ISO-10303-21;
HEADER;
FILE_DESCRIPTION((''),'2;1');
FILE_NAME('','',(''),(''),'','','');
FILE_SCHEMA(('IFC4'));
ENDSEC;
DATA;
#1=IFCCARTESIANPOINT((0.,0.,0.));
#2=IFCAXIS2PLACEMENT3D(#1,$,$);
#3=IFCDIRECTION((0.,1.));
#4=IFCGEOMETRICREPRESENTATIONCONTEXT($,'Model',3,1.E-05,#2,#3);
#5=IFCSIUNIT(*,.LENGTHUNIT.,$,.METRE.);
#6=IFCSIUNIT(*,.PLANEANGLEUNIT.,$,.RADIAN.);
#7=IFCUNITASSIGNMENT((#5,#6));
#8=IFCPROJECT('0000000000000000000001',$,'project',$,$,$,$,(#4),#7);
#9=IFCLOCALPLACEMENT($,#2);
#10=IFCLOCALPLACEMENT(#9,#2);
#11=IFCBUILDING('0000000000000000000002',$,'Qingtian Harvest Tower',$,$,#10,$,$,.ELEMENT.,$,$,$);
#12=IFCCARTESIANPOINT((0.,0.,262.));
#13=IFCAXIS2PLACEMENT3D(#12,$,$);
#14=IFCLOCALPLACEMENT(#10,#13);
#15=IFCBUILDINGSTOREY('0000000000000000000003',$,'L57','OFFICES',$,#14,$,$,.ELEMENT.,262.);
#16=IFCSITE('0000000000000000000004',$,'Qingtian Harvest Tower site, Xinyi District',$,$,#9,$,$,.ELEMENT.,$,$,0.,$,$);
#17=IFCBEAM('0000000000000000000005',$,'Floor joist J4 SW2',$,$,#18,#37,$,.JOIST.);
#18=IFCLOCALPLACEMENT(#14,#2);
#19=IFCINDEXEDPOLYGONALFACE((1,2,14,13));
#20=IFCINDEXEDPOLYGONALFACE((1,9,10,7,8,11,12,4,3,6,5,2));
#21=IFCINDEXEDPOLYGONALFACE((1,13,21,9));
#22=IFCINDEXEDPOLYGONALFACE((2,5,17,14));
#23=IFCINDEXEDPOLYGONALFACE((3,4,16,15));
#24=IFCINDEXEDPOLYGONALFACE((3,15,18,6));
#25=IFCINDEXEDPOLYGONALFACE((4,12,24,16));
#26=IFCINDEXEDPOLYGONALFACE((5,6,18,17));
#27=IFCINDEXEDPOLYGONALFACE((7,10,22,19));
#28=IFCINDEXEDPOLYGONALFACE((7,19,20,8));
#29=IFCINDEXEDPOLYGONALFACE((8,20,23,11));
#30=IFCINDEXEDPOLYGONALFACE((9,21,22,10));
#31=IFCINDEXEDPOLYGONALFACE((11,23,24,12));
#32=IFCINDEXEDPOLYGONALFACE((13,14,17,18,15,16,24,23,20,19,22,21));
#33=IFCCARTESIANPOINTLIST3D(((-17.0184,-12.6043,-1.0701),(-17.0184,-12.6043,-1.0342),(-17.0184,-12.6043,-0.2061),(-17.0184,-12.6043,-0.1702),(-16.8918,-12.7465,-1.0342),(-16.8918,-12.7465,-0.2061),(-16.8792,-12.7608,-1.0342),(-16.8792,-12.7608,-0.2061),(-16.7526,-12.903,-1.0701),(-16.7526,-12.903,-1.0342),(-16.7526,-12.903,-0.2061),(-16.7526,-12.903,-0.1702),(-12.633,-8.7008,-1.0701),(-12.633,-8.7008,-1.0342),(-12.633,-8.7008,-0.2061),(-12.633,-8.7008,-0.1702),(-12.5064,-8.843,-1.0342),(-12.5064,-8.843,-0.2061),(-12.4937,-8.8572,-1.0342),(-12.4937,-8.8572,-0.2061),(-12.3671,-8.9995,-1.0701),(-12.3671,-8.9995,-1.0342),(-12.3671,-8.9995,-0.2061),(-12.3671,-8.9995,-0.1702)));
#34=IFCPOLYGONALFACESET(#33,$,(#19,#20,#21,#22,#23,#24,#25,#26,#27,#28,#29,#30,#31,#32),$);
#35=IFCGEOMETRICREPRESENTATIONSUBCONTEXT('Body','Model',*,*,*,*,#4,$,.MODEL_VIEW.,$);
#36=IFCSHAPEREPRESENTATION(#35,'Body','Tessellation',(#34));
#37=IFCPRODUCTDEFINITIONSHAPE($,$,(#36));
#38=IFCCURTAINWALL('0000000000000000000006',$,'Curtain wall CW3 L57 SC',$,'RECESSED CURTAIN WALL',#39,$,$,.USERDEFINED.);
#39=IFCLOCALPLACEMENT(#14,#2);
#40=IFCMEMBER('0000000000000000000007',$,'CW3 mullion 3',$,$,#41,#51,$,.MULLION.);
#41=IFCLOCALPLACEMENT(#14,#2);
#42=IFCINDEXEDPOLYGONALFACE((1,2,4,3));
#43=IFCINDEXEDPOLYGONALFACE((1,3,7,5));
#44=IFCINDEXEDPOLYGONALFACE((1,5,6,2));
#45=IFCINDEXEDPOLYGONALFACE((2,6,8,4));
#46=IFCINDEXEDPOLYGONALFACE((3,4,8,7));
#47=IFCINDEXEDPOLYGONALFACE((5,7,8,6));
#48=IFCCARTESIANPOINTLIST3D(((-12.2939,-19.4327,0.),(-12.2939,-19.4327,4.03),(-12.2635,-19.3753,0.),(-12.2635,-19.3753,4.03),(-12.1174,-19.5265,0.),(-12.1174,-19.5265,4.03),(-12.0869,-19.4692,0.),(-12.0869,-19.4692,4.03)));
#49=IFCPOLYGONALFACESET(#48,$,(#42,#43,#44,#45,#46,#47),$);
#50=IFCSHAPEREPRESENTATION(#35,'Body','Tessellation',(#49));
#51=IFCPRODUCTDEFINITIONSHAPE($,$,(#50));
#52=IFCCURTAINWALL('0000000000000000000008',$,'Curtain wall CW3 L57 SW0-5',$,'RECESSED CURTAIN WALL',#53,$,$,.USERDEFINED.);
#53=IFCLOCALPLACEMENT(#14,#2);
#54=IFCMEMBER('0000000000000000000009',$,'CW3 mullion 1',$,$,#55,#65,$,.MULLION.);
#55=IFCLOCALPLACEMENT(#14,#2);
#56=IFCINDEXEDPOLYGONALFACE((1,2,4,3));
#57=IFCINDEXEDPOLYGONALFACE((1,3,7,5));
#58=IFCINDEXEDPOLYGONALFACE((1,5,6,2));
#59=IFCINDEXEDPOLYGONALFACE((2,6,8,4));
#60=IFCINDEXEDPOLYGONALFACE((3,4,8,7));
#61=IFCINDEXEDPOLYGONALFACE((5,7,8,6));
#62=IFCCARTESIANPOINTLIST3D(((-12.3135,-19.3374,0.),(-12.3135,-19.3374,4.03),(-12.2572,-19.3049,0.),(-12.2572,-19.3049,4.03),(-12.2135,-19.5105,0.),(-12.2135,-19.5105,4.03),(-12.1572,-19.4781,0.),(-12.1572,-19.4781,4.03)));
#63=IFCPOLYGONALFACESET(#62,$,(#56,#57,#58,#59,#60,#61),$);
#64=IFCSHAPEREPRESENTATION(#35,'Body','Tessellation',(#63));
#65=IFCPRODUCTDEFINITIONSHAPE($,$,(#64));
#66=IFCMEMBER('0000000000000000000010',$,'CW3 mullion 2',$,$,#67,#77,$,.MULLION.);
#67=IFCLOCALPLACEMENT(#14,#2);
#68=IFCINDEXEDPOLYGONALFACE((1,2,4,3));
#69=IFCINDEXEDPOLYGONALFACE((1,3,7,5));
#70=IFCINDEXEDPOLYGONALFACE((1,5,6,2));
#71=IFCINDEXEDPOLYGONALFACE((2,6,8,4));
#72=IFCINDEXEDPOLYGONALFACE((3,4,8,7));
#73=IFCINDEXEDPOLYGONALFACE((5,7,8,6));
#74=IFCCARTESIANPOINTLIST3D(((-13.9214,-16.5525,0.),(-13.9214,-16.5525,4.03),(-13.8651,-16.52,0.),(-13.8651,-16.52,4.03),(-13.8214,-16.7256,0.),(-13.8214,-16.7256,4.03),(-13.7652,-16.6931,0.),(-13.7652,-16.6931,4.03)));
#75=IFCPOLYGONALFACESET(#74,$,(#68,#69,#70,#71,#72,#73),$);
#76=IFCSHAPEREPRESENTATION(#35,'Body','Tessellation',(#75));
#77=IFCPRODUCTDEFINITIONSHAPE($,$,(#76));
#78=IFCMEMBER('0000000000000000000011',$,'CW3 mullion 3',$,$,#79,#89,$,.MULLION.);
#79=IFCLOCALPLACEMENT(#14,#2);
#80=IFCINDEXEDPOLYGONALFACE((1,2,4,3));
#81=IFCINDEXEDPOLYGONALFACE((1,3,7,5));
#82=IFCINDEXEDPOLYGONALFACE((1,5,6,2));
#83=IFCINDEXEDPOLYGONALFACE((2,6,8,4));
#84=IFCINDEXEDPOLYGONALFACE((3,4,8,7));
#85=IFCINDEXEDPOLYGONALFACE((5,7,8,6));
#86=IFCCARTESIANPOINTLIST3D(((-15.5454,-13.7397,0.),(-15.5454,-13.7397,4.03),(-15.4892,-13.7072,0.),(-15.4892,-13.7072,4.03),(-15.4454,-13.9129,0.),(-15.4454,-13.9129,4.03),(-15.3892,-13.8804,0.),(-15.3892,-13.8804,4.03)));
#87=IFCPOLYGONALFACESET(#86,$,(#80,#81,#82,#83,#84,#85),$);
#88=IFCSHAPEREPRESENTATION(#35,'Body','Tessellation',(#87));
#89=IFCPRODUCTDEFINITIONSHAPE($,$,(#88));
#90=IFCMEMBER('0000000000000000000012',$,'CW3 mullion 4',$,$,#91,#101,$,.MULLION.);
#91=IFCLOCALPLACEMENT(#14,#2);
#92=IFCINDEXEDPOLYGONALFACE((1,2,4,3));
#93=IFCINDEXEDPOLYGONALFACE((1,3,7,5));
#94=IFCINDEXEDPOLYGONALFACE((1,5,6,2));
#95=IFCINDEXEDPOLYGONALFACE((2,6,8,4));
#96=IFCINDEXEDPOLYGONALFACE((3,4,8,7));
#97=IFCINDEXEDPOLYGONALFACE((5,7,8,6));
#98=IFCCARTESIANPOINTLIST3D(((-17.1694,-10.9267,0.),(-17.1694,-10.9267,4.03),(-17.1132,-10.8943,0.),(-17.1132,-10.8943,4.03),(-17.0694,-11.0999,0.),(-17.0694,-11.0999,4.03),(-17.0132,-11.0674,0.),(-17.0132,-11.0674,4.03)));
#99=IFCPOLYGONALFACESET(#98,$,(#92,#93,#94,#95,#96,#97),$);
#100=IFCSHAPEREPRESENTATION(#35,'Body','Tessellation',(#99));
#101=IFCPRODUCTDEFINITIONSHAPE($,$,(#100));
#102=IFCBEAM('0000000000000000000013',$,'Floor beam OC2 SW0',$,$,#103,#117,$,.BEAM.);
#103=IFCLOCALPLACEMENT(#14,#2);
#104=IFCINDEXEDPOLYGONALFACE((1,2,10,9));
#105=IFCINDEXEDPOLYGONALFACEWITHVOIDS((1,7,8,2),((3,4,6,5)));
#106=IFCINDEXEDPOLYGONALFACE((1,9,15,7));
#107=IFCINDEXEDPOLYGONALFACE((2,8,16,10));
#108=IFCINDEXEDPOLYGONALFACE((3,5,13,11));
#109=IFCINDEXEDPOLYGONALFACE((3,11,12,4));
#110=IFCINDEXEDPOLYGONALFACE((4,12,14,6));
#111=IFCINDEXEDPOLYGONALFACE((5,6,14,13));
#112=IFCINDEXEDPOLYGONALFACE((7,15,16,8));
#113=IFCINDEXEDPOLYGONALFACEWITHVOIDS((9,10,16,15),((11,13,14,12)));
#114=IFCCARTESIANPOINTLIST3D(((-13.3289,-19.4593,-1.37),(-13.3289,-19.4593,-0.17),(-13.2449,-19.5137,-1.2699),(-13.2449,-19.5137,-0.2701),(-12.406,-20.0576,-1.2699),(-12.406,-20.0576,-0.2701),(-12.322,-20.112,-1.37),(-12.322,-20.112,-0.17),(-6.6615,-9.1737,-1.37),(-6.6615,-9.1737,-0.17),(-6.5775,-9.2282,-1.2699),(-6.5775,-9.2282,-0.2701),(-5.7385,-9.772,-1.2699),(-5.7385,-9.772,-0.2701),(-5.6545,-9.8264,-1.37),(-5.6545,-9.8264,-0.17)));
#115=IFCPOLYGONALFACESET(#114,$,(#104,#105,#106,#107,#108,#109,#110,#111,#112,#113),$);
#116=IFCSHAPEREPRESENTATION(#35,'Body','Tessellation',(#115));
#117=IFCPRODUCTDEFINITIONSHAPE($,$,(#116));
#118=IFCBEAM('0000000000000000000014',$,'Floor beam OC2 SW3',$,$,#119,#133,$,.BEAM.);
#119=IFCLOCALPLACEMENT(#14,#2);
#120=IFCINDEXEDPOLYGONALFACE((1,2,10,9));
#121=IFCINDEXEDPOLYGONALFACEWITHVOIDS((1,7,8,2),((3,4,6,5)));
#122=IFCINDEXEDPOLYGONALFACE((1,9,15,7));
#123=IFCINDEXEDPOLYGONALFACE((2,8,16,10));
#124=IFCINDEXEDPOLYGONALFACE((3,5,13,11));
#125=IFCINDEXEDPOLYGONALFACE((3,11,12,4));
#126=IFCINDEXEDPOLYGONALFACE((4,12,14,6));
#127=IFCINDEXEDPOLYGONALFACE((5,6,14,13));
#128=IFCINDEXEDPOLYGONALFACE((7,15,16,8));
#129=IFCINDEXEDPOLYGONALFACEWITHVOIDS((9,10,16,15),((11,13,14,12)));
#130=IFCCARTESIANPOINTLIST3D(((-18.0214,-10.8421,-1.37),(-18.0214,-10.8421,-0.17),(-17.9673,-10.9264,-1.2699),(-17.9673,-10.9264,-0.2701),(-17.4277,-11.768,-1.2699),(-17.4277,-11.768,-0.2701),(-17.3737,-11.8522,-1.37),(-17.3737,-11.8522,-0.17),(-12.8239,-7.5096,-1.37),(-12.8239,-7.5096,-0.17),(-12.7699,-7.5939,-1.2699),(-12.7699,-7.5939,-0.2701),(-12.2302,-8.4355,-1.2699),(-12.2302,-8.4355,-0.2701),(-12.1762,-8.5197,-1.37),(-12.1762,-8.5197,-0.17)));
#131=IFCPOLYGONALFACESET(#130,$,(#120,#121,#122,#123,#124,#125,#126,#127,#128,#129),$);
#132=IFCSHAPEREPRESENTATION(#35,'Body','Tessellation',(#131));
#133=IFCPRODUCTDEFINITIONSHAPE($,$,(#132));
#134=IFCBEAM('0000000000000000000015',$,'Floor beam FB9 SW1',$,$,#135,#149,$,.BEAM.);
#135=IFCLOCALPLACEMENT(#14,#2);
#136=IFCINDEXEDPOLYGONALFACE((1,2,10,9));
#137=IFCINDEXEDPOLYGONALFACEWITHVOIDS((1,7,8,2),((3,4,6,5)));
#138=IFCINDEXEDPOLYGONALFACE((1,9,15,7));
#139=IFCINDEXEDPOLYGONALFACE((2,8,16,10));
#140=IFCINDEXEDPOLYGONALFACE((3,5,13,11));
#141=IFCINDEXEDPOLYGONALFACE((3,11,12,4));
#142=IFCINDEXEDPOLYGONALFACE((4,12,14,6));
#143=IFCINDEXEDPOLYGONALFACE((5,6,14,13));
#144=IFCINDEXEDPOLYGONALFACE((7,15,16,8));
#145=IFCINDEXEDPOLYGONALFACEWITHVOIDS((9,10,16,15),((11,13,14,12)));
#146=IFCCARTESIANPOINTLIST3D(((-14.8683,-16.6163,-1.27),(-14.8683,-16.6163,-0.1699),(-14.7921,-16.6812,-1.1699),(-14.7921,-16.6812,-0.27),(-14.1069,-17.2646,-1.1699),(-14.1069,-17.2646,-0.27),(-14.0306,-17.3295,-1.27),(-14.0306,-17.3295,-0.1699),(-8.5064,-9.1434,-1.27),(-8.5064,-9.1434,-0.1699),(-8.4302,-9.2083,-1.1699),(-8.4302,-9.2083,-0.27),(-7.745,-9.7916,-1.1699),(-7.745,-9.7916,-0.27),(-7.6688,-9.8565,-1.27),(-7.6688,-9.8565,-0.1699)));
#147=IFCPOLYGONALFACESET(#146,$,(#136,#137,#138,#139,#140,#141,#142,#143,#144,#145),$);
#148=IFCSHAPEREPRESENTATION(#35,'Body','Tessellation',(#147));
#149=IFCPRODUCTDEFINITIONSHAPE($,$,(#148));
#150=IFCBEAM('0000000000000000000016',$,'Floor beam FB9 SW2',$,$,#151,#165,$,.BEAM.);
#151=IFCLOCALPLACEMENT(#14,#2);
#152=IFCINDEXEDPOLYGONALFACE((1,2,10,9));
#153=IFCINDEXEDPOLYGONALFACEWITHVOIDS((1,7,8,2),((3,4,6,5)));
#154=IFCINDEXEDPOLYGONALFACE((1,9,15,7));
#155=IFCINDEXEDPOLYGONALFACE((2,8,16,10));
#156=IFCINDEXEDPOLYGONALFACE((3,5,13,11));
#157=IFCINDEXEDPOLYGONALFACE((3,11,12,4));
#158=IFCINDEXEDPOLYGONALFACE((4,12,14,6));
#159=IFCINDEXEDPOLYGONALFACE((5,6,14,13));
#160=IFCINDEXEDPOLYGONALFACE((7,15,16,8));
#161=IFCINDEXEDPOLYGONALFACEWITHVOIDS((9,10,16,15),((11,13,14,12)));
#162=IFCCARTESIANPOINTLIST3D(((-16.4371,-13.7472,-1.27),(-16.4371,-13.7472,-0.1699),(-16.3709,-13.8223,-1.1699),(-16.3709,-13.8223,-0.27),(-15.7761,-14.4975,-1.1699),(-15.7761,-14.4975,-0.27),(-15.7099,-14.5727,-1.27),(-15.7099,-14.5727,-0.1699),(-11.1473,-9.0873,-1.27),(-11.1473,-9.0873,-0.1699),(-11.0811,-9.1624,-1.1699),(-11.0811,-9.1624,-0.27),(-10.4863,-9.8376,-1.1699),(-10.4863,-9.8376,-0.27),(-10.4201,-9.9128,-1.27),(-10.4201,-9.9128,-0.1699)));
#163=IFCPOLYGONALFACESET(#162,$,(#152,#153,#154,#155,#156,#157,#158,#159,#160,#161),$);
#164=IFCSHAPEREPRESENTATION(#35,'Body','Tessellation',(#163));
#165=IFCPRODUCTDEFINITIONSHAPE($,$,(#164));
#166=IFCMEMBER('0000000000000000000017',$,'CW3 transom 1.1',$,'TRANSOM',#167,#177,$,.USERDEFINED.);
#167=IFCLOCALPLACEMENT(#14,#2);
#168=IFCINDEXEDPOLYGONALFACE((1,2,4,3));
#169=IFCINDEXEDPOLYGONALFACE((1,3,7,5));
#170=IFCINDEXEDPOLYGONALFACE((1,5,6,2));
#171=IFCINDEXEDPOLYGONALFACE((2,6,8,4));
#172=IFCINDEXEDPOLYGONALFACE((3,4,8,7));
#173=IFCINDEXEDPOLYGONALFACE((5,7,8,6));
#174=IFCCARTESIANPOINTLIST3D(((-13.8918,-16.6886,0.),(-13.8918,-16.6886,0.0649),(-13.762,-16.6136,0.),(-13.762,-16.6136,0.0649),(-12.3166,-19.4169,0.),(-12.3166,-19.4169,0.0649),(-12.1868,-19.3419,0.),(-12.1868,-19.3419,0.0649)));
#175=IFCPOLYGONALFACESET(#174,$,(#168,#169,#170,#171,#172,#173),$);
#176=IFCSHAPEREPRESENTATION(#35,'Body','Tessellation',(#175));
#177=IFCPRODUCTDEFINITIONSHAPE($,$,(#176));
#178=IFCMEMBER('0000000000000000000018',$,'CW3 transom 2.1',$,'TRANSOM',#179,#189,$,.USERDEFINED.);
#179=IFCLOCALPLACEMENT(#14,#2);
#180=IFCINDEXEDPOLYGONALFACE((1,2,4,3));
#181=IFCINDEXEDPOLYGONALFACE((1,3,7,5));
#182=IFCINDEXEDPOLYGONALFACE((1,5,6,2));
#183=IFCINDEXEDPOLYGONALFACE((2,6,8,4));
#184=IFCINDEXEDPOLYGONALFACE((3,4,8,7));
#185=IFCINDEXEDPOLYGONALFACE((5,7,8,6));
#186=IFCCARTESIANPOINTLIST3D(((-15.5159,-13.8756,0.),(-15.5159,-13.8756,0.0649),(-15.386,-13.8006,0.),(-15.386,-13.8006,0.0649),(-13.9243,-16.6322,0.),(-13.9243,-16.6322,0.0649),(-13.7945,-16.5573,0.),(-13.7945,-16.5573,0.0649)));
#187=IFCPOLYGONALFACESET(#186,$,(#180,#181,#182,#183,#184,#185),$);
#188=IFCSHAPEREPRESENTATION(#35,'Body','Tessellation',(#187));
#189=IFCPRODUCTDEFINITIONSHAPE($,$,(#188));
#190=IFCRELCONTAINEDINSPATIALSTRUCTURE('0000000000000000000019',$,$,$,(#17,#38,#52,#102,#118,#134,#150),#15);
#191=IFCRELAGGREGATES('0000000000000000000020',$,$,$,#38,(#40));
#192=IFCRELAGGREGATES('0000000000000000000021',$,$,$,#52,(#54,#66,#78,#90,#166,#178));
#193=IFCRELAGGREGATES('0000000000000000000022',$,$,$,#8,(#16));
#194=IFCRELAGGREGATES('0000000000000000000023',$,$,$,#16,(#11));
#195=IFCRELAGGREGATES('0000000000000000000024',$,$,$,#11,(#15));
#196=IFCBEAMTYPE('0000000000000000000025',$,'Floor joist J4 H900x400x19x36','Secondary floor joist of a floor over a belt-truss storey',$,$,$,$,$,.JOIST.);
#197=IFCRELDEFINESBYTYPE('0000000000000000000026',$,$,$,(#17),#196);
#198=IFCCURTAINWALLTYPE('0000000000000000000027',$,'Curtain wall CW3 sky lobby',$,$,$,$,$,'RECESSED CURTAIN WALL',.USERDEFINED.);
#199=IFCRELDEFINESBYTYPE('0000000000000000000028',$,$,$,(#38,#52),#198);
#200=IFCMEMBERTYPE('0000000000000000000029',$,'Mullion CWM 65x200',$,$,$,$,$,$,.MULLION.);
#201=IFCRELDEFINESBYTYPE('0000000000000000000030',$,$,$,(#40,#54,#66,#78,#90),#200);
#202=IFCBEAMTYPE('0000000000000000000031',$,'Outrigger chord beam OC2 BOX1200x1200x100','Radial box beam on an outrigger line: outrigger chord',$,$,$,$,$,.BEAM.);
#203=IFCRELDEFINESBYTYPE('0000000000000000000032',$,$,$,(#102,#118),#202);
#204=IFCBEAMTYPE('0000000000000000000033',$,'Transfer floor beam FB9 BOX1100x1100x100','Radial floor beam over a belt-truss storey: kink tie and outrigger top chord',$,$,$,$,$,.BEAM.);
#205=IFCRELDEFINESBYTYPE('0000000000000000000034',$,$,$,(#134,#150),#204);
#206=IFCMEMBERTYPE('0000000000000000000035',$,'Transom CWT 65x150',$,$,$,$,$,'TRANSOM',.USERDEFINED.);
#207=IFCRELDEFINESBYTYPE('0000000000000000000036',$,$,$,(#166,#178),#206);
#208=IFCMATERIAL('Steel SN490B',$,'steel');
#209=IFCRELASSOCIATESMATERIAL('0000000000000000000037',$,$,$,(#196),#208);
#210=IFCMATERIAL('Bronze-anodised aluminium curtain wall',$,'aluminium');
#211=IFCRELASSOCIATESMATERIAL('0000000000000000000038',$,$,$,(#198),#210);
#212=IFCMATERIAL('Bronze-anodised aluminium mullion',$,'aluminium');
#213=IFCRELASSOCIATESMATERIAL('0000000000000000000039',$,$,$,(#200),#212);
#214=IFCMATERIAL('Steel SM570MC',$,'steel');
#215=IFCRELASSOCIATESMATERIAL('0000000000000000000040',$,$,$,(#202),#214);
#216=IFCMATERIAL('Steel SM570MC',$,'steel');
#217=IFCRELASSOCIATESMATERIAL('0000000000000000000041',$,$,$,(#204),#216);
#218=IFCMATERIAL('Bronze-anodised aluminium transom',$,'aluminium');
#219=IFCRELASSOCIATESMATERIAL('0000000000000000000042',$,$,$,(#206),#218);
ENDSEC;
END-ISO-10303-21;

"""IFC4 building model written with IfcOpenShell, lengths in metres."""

from ifc_helpers import new_model, si_unit, direction, frame, origin, origin_2d, place, context, subcontext, project, spatial, rectangle, hollow_rectangle, i_section, extrude, material, material_profile, profile_set, type_object, element, aggregate, save


model = new_model("IFC4")

# Units and contexts
model_context = context("Model", 3, precision=1e-05, world=origin(), true_north=direction((0.0, 1.0)))
body_context = subcontext(model_context, "Body", "Model", "MODEL_VIEW")
ifc_project = project(units=[si_unit("LENGTHUNIT", "METRE"), si_unit("PLANEANGLEUNIT", "RADIAN")], contexts=[model_context])

# Site, building, storey
site_placement = place(None, origin())
site = spatial("IfcSite", under=ifc_project, at=site_placement, Name="Qingtian Harvest Tower site, Xinyi District", CompositionType="ELEMENT", RefElevation=0.0)
building_placement = place(site_placement, origin())
building = spatial("IfcBuilding", under=site, at=building_placement, Name="Qingtian Harvest Tower", CompositionType="ELEMENT")
storey_placement = place(building_placement, frame((0.0, 0.0, 262.0)))
storey = spatial("IfcBuildingStorey", under=building, at=storey_placement, Name="L57", Description="OFFICES", CompositionType="ELEMENT", Elevation=262.0)

# Beam
ifc_material_1 = material(Name="Steel SN490B", Category="steel")
ifc_material_profile_1 = material_profile(ifc_material_1, i_section(OverallWidth=0.3999, OverallDepth=0.8999, WebThickness=0.019, FlangeThickness=0.0359, at=origin_2d()), Name="H900x400x19x36")
ifc_profile_set_1 = profile_set([ifc_material_profile_1], Name="Steel SN490B")
beam_type_1 = type_object("IfcBeamType", Name="Floor joist J4 H900x400x19x36", Description="Secondary floor joist of a floor over a belt-truss storey", PredefinedType="JOIST", material=ifc_profile_set_1)
beam_1_placement = place(storey_placement, frame((-16.8855, -12.7537, -0.6201), z_axis=(0.746957, 0.664872, 0.0), x_axis=(-0.664872, 0.746957, 0.0)))
element("IfcBeam", 1, at=beam_1_placement, inside=storey, type_object=beam_type_1, Name="Floor joist J4 SW2", PredefinedType="JOIST", context=body_context, shape_type="SweptSolid", body=[
    extrude(i_section(OverallWidth=0.3999, OverallDepth=0.8999, WebThickness=0.019, FlangeThickness=0.0359, at=origin_2d()), origin(), (0.0, 0.0, 1.0), 5.8711),
])

# Curtain wall, member
ifc_material_2 = material(Name="Bronze-anodised aluminium curtain wall", Category="aluminium")
curtain_wall_type = type_object("IfcCurtainWallType", Name="Curtain wall CW3 sky lobby", ElementType="RECESSED CURTAIN WALL", PredefinedType="USERDEFINED", material=ifc_material_2)
curtain_wall_1_placement = place(storey_placement, origin())
curtain_wall_1 = element("IfcCurtainWall", 2, at=curtain_wall_1_placement, inside=storey, type_object=curtain_wall_type, Name="Curtain wall CW3 L57 SC", ObjectType="RECESSED CURTAIN WALL", PredefinedType="USERDEFINED")
ifc_material_3 = material(Name="Bronze-anodised aluminium mullion", Category="aluminium")
ifc_material_profile_2 = material_profile(ifc_material_3, rectangle(XDim=0.0649, YDim=0.2, at=origin_2d()), Name="AL 65x200")
ifc_profile_set_2 = profile_set([ifc_material_profile_2], Name="Bronze-anodised aluminium mullion")
member_type_1 = type_object("IfcMemberType", Name="Mullion CWM 65x200", PredefinedType="MULLION", material=ifc_profile_set_2)
member_1_placement = place(storey_placement, frame((-12.1904, -19.4509, 0.0), z_axis=(0.0, 0.0, 1.0), x_axis=(-0.469472, -0.882948, 0.0)))
member_1 = element("IfcMember", 3, at=member_1_placement, type_object=member_type_1, Name="CW3 mullion 3", PredefinedType="MULLION", context=body_context, shape_type="SweptSolid", body=[
    extrude(rectangle(XDim=0.0649, YDim=0.2, at=origin_2d()), origin(), (0.0, 0.0, 1.0), 4.03),
])
aggregate(curtain_wall_1, [member_1])

# Curtain wall, members
curtain_wall_2_placement = place(storey_placement, origin())
curtain_wall_2 = element("IfcCurtainWall", 4, at=curtain_wall_2_placement, inside=storey, type_object=curtain_wall_type, Name="Curtain wall CW3 L57 SW0-5", ObjectType="RECESSED CURTAIN WALL", PredefinedType="USERDEFINED")
member_2_placement = place(storey_placement, frame((-12.2354, -19.4077, 0.0), z_axis=(0.0, 0.0, 1.0), x_axis=(-0.866025, -0.5, 0.0)))
member_2 = element("IfcMember", 5, at=member_2_placement, type_object=member_type_1, Name="CW3 mullion 1", PredefinedType="MULLION", context=body_context, shape_type="SweptSolid", body=[
    extrude(rectangle(XDim=0.0649, YDim=0.2, at=origin_2d()), origin(), (0.0, 0.0, 1.0), 4.03),
])
member_3_placement = place(storey_placement, frame((-13.8433, -16.6228, 0.0), z_axis=(0.0, 0.0, 1.0), x_axis=(-0.866025, -0.5, 0.0)))
member_3 = element("IfcMember", 6, at=member_3_placement, type_object=member_type_1, Name="CW3 mullion 2", PredefinedType="MULLION", context=body_context, shape_type="SweptSolid", body=[
    extrude(rectangle(XDim=0.0649, YDim=0.2, at=origin_2d()), origin(), (0.0, 0.0, 1.0), 4.03),
])
member_4_placement = place(storey_placement, frame((-15.4673, -13.8101, 0.0), z_axis=(0.0, 0.0, 1.0), x_axis=(-0.866025, -0.5, 0.0)))
member_4 = element("IfcMember", 7, at=member_4_placement, type_object=member_type_1, Name="CW3 mullion 3", PredefinedType="MULLION", context=body_context, shape_type="SweptSolid", body=[
    extrude(rectangle(XDim=0.0649, YDim=0.2, at=origin_2d()), origin(), (0.0, 0.0, 1.0), 4.03),
])
member_5_placement = place(storey_placement, frame((-17.0913, -10.9971, 0.0), z_axis=(0.0, 0.0, 1.0), x_axis=(-0.866025, -0.5, 0.0)))
member_5 = element("IfcMember", 8, at=member_5_placement, type_object=member_type_1, Name="CW3 mullion 4", PredefinedType="MULLION", context=body_context, shape_type="SweptSolid", body=[
    extrude(rectangle(XDim=0.0649, YDim=0.2, at=origin_2d()), origin(), (0.0, 0.0, 1.0), 4.03),
])

# Beams
ifc_material_4 = material(Name="Steel SM570MC", Category="steel")
ifc_material_profile_3 = material_profile(ifc_material_4, hollow_rectangle(XDim=1.2, YDim=1.2, WallThickness=0.1001, at=origin_2d()), Name="BOX1200x1200x100")
ifc_profile_set_3 = profile_set([ifc_material_profile_3], Name="Steel SM570MC")
beam_type_2 = type_object("IfcBeamType", Name="Outrigger chord beam OC2 BOX1200x1200x100", Description="Radial box beam on an outrigger line: outrigger chord", PredefinedType="BEAM", material=ifc_profile_set_3)
beam_2_placement = place(storey_placement, frame((-12.8254, -19.7856, -0.77), z_axis=(0.543945, 0.839121, 0.0), x_axis=(-0.839121, 0.543945, 0.0)))
element("IfcBeam", 9, at=beam_2_placement, inside=storey, type_object=beam_type_2, Name="Floor beam OC2 SW0", PredefinedType="BEAM", context=body_context, shape_type="SweptSolid", body=[
    extrude(hollow_rectangle(XDim=1.2, YDim=1.2, WallThickness=0.1001, at=origin_2d()), origin(), (0.0, 0.0, 1.0), 12.2576),
])
beam_3_placement = place(storey_placement, frame((-17.6975, -11.3472, -0.77), z_axis=(0.841822, 0.539756, 0.0), x_axis=(-0.539756, 0.841822, 0.0)))
element("IfcBeam", 10, at=beam_3_placement, inside=storey, type_object=beam_type_2, Name="Floor beam OC2 SW3", PredefinedType="BEAM", context=body_context, shape_type="SweptSolid", body=[
    extrude(hollow_rectangle(XDim=1.2, YDim=1.2, WallThickness=0.1001, at=origin_2d()), origin(), (0.0, 0.0, 1.0), 6.1741),
])
ifc_material_5 = material(Name="Steel SM570MC", Category="steel")
ifc_material_profile_4 = material_profile(ifc_material_5, hollow_rectangle(XDim=1.1001, YDim=1.1001, WallThickness=0.1001, at=origin_2d()), Name="BOX1100x1100x100")
ifc_profile_set_4 = profile_set([ifc_material_profile_4], Name="Steel SM570MC")
beam_type_3 = type_object("IfcBeamType", Name="Transfer floor beam FB9 BOX1100x1100x100", Description="Radial floor beam over a belt-truss storey: kink tie and outrigger top chord", PredefinedType="BEAM", material=ifc_profile_set_4)
beam_4_placement = place(storey_placement, frame((-14.4495, -16.9729, -0.72), z_axis=(0.648231, 0.761444, 0.0), x_axis=(-0.761444, 0.648231, 0.0)))
element("IfcBeam", 11, at=beam_4_placement, inside=storey, type_object=beam_type_3, Name="Floor beam FB9 SW1", PredefinedType="BEAM", context=body_context, shape_type="SweptSolid", body=[
    extrude(hollow_rectangle(XDim=1.1001, YDim=1.1001, WallThickness=0.1001, at=origin_2d()), origin(), (0.0, 0.0, 1.0), 9.8142),
])
beam_5_placement = place(storey_placement, frame((-16.0735, -14.1599, -0.72), z_axis=(0.750369, 0.661019, 0.0), x_axis=(-0.661019, 0.750369, 0.0)))
element("IfcBeam", 12, at=beam_5_placement, inside=storey, type_object=beam_type_3, Name="Floor beam FB9 SW2", PredefinedType="BEAM", context=body_context, shape_type="SweptSolid", body=[
    extrude(hollow_rectangle(XDim=1.1001, YDim=1.1001, WallThickness=0.1001, at=origin_2d()), origin(), (0.0, 0.0, 1.0), 7.0496),
])

# Members
ifc_material_6 = material(Name="Bronze-anodised aluminium transom", Category="aluminium")
ifc_material_profile_5 = material_profile(ifc_material_6, rectangle(XDim=0.1499, YDim=0.0649, at=origin_2d()), Name="AL 65x150")
ifc_profile_set_5 = profile_set([ifc_material_profile_5], Name="Bronze-anodised aluminium transom")
member_type_2 = type_object("IfcMemberType", Name="Transom CWT 65x150", ElementType="TRANSOM", PredefinedType="USERDEFINED", material=ifc_profile_set_5)
member_6_placement = place(storey_placement, frame((-12.2517, -19.3794, 0.0325), z_axis=(-0.500006, 0.866022, 0.0), x_axis=(-0.866022, -0.500006, 0.0)))
member_6 = element("IfcMember", 13, at=member_6_placement, type_object=member_type_2, Name="CW3 transom 1.1", ObjectType="TRANSOM", PredefinedType="USERDEFINED", context=body_context, shape_type="SweptSolid", body=[
    extrude(rectangle(XDim=0.1499, YDim=0.0649, at=origin_2d()), origin(), (0.0, 0.0, 1.0), 3.1504),
])
member_7_placement = place(storey_placement, frame((-13.8594, -16.5947, 0.0325), z_axis=(-0.500008, 0.866021, 0.0), x_axis=(-0.866021, -0.500008, 0.0)))
member_7 = element("IfcMember", 14, at=member_7_placement, type_object=member_type_2, Name="CW3 transom 2.1", ObjectType="TRANSOM", PredefinedType="USERDEFINED", context=body_context, shape_type="SweptSolid", body=[
    extrude(rectangle(XDim=0.1499, YDim=0.0649, at=origin_2d()), origin(), (0.0, 0.0, 1.0), 3.1831),
])

aggregate(curtain_wall_2, [member_2, member_3, member_4, member_5, member_6, member_7])

save(model, "model.ifc")
